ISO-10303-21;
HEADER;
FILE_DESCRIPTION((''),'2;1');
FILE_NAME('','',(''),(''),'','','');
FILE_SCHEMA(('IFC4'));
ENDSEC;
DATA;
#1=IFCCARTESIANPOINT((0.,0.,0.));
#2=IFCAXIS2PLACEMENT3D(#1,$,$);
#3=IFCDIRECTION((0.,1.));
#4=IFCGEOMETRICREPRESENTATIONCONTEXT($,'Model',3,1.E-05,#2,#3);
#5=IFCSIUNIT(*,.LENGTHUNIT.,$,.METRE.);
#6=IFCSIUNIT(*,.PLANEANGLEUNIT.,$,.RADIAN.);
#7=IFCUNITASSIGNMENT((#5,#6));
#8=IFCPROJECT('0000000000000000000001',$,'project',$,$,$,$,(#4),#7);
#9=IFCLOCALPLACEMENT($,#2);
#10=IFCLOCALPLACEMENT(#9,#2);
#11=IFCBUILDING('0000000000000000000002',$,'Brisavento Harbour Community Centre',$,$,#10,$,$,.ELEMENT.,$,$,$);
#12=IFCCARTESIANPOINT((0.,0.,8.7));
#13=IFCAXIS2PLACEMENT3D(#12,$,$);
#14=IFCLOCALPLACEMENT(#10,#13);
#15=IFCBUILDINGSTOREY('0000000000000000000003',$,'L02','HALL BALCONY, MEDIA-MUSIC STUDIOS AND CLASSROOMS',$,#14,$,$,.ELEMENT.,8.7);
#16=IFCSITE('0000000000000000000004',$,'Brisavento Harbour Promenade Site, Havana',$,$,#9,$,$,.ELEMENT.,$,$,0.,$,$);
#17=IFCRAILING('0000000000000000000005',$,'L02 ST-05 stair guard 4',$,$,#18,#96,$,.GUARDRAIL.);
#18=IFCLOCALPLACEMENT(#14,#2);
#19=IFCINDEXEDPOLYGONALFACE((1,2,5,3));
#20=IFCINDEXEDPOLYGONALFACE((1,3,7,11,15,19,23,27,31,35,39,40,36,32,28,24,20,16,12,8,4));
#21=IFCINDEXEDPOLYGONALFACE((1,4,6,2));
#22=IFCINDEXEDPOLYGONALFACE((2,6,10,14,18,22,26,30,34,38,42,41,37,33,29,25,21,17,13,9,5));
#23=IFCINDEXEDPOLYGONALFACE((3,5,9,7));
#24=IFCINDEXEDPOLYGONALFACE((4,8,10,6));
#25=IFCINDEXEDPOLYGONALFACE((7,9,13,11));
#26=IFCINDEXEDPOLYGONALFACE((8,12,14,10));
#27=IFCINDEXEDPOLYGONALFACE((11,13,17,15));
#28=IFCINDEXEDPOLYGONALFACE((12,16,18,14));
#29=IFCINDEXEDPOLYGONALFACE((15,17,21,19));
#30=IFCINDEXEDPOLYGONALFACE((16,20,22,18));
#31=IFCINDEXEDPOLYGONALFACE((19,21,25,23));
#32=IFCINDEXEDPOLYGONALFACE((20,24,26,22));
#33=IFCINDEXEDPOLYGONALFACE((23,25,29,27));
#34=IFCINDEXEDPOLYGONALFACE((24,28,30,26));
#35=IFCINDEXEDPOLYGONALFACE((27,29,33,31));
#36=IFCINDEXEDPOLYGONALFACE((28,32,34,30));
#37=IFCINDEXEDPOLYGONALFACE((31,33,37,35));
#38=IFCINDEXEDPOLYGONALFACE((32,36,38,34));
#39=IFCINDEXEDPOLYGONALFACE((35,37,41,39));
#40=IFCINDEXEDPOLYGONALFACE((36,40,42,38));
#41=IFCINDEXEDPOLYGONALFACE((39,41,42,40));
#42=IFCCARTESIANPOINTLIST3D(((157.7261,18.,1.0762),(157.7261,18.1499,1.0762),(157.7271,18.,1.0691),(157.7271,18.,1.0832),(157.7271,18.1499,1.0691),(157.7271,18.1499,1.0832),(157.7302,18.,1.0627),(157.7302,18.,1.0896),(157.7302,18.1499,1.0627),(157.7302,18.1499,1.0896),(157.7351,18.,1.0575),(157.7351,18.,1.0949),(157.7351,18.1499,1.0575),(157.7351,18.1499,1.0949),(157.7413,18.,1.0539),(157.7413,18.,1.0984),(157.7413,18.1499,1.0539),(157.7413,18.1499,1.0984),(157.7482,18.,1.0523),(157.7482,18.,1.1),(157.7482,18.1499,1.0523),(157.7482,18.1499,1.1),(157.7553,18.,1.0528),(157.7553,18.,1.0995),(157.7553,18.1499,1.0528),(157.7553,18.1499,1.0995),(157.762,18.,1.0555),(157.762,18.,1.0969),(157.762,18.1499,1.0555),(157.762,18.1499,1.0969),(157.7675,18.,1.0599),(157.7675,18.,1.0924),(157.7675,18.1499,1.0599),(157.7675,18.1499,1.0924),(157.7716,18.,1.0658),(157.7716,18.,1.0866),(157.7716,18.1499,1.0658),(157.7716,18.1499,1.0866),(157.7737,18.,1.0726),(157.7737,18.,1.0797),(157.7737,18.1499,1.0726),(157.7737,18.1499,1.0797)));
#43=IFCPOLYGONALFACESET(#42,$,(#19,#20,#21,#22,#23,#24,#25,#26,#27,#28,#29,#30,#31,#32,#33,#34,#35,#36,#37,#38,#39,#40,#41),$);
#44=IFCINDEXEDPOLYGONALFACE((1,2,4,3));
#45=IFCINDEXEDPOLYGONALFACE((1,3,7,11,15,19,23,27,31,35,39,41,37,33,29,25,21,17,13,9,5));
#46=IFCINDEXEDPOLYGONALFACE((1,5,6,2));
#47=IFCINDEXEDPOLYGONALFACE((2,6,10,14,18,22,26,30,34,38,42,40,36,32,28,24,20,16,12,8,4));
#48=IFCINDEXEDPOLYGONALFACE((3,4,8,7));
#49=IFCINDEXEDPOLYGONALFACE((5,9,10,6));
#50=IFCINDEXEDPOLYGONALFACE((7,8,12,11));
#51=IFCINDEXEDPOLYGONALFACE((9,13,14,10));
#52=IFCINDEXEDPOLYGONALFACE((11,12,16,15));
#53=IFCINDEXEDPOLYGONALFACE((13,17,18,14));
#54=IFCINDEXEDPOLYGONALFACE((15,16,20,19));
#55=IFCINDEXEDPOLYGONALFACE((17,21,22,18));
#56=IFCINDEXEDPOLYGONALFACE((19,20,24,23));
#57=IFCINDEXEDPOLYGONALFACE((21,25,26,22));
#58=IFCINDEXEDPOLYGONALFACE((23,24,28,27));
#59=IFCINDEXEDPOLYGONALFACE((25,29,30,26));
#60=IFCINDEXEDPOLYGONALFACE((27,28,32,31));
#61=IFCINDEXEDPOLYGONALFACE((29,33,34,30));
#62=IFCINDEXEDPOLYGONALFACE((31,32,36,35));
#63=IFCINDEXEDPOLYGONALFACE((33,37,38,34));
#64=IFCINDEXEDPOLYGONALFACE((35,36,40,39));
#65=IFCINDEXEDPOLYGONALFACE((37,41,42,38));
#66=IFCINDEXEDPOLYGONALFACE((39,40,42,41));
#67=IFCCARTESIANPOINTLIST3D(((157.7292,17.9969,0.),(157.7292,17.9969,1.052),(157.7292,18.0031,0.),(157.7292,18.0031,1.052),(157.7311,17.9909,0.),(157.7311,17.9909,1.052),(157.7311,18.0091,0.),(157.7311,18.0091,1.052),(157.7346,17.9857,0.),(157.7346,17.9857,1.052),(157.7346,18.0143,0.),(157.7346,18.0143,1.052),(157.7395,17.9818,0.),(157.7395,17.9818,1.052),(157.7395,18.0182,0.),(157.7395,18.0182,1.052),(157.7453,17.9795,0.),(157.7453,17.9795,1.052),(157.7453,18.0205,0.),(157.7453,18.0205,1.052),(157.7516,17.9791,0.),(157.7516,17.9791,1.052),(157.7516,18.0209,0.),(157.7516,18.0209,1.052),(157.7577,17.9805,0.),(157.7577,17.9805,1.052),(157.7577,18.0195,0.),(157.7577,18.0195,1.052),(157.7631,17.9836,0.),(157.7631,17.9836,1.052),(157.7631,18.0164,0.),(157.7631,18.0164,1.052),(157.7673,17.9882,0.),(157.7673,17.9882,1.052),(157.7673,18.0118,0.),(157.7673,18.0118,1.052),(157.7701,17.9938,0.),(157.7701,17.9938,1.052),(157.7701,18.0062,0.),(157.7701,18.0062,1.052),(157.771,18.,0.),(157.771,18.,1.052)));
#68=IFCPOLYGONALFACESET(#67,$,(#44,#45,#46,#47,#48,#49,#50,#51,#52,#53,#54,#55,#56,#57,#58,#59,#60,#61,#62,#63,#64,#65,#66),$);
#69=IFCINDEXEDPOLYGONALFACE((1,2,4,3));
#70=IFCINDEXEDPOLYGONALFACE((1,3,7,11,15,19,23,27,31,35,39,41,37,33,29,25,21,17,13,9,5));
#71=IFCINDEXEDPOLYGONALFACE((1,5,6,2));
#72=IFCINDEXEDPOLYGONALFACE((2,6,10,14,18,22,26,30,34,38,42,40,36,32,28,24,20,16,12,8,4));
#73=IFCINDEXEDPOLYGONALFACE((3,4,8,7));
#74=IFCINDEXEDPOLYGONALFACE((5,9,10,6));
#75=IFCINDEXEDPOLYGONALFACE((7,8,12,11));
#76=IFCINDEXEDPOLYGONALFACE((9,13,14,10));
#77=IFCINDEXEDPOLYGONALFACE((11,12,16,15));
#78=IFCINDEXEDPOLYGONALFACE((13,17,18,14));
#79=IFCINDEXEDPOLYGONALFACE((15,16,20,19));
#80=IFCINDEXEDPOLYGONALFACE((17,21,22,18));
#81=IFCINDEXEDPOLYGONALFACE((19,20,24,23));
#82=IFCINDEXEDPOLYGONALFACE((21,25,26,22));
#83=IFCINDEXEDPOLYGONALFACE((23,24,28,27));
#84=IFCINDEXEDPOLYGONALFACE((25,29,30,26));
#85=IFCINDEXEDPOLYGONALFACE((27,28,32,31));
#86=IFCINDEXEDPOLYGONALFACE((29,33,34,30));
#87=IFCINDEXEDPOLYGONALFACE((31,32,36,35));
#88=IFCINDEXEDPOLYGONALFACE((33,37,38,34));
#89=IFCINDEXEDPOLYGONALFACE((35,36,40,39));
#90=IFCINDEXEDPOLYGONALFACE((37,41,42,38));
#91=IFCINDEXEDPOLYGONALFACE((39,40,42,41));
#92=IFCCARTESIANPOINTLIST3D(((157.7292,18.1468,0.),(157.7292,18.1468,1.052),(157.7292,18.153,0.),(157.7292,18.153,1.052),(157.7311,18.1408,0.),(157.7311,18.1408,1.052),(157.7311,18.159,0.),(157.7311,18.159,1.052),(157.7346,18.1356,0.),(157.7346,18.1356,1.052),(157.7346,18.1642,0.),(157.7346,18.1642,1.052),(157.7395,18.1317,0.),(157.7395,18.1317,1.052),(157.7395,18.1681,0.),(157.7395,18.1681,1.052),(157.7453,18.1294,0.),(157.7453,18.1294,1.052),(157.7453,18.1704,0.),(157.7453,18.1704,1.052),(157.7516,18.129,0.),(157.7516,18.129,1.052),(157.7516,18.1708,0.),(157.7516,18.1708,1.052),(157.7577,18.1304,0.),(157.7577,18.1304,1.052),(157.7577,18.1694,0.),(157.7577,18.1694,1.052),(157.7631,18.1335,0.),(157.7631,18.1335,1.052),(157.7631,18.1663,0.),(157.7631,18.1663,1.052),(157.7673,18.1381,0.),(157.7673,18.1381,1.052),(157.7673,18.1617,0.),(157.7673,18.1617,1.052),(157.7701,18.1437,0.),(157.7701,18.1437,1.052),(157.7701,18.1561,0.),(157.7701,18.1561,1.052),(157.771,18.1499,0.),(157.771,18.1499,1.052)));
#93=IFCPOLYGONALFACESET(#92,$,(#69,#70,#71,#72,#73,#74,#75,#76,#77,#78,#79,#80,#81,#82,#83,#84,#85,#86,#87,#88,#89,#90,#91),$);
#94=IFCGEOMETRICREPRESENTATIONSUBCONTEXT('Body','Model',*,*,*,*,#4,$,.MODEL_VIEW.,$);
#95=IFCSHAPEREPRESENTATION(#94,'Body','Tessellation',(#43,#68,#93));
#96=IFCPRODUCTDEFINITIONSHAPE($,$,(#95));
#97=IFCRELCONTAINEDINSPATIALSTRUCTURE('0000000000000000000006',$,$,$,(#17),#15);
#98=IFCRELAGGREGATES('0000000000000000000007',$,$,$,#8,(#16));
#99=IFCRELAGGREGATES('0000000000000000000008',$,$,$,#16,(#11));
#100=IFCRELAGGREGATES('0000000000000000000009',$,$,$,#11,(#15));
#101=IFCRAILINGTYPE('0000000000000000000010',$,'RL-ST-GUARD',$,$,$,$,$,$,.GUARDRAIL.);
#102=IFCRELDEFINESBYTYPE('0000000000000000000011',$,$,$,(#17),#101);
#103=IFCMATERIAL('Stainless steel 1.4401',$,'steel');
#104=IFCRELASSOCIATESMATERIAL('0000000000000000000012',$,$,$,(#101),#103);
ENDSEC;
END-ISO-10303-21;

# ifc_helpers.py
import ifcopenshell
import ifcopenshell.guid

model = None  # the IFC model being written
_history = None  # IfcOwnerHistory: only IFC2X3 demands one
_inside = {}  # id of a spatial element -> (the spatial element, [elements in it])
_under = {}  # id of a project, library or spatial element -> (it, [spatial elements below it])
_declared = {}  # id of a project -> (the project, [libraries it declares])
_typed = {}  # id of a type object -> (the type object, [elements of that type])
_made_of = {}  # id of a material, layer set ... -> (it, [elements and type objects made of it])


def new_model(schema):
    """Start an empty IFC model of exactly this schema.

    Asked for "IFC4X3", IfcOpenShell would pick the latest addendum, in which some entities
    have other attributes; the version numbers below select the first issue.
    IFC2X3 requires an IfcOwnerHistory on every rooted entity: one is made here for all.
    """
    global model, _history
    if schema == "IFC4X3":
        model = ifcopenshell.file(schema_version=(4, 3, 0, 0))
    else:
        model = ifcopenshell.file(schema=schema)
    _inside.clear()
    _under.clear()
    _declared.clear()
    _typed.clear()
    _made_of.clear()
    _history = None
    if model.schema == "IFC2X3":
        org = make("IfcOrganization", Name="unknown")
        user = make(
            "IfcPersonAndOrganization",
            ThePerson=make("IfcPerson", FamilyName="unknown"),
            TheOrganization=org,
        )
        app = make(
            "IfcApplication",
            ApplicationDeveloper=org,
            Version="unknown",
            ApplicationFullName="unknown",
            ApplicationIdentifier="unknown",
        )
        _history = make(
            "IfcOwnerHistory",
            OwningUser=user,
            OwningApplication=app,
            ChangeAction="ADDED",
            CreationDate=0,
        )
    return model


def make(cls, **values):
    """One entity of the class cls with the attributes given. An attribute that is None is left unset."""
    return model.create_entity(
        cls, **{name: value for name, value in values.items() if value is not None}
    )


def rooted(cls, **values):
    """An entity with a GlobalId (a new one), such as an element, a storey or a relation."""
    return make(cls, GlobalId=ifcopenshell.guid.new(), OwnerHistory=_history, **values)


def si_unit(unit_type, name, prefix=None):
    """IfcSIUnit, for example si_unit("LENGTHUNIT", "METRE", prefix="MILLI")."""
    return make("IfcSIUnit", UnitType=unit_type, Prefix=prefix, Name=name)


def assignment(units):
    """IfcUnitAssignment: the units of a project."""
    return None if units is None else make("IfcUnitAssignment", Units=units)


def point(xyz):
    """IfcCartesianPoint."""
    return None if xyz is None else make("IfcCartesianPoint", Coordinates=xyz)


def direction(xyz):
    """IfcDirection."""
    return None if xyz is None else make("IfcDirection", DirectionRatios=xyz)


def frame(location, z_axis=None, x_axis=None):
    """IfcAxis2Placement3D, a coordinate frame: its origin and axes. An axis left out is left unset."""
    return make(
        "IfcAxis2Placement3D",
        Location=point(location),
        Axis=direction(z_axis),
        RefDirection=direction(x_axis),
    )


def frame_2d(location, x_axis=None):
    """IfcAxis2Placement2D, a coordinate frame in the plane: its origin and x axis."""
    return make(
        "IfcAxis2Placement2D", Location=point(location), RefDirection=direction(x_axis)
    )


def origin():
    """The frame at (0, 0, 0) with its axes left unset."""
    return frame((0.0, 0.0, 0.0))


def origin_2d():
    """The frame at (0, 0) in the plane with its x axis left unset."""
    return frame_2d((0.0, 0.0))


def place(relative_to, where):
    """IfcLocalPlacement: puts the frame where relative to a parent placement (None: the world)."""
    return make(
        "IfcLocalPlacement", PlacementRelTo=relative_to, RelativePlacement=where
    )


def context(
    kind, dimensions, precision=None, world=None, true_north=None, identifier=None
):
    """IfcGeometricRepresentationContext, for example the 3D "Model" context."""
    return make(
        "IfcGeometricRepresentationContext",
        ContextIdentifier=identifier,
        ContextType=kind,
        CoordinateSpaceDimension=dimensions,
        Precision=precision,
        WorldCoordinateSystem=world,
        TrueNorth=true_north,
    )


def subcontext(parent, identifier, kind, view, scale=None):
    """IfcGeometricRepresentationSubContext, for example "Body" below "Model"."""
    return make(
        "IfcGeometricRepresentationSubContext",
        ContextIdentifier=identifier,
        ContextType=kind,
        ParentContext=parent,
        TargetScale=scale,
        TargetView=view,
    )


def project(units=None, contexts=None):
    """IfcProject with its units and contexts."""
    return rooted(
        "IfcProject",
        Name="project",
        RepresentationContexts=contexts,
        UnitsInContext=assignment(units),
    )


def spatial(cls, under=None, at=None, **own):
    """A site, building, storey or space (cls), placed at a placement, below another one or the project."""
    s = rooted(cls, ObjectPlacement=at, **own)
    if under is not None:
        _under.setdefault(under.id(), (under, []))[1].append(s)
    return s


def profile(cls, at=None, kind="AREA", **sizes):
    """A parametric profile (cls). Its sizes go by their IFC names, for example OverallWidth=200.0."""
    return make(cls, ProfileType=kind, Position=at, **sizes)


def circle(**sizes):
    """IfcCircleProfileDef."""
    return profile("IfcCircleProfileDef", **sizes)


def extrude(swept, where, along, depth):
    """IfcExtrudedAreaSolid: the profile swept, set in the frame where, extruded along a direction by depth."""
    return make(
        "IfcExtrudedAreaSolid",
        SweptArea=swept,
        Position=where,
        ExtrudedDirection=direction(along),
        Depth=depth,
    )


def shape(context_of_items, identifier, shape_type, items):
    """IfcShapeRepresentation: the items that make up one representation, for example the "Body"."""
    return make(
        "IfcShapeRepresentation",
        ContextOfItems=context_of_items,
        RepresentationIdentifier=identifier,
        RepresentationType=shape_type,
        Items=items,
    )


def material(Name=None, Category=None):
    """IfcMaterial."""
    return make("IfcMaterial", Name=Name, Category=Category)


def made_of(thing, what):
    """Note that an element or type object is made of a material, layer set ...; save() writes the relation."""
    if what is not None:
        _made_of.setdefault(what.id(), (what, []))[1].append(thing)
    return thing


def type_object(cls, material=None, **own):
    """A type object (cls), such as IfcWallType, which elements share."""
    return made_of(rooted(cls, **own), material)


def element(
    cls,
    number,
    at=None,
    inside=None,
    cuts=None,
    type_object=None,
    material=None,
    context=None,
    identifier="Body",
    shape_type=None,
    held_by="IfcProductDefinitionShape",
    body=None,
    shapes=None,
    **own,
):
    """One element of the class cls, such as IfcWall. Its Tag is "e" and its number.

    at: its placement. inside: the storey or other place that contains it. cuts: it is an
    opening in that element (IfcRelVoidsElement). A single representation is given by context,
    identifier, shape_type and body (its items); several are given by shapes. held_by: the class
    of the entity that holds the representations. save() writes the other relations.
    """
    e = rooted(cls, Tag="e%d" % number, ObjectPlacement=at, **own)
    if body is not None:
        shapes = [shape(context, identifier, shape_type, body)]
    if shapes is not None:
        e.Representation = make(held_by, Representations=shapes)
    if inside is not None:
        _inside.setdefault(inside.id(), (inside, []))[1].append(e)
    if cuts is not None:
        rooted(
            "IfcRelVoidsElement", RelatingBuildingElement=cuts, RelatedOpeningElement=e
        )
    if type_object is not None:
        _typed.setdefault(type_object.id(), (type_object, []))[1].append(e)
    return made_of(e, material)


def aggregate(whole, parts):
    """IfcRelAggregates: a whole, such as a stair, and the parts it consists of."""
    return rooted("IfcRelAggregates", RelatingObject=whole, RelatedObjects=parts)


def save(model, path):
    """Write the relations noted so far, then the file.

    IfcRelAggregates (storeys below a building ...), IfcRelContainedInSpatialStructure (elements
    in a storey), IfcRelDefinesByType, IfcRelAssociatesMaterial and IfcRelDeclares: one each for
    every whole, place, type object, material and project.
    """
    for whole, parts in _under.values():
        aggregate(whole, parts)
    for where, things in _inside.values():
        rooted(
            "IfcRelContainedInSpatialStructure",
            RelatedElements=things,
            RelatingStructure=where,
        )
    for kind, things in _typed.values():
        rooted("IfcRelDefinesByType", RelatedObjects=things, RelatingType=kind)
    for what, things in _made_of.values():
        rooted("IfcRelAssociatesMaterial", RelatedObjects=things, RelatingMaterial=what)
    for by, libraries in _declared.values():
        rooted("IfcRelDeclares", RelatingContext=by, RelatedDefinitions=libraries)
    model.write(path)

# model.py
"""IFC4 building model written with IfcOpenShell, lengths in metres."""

from ifc_helpers import new_model, si_unit, direction, frame, origin, origin_2d, place, context, subcontext, project, spatial, circle, extrude, material, type_object, element, save


model = new_model("IFC4")

# Units and contexts
model_context = context("Model", 3, precision=1e-05, world=origin(), true_north=direction((0.0, 1.0)))
body_context = subcontext(model_context, "Body", "Model", "MODEL_VIEW")
ifc_project = project(units=[si_unit("LENGTHUNIT", "METRE"), si_unit("PLANEANGLEUNIT", "RADIAN")], contexts=[model_context])

# Site, building, storey
site_placement = place(None, origin())
site = spatial("IfcSite", under=ifc_project, at=site_placement, Name="Brisavento Harbour Promenade Site, Havana", CompositionType="ELEMENT", RefElevation=0.0)
building_placement = place(site_placement, origin())
building = spatial("IfcBuilding", under=site, at=building_placement, Name="Brisavento Harbour Community Centre", CompositionType="ELEMENT")
storey_placement = place(building_placement, frame((0.0, 0.0, 8.7)))
storey = spatial("IfcBuildingStorey", under=building, at=storey_placement, Name="L02", Description="HALL BALCONY, MEDIA-MUSIC STUDIOS AND CLASSROOMS", CompositionType="ELEMENT", Elevation=8.7)

# Railing
ifc_material_1 = material(Name="Stainless steel 1.4401", Category="steel")
railing_type_1 = type_object("IfcRailingType", Name="RL-ST-GUARD", PredefinedType="GUARDRAIL", material=ifc_material_1)
railing_1_placement = place(storey_placement, frame((157.75, 18.0, 0.0)))
element("IfcRailing", 1, at=railing_1_placement, inside=storey, type_object=railing_type_1, Name="L02 ST-05 stair guard 4", PredefinedType="GUARDRAIL", context=body_context, shape_type="SweptSolid", body=[
    extrude(circle(Radius=0.0239, at=origin_2d()), frame((0.0, 0.0, 1.0762), z_axis=(0.0, 1.0, 0.0), x_axis=(-1.0, 0.0, 0.0)), (0.0, 0.0, 1.0), 0.1499),
    extrude(circle(Radius=0.021, at=origin_2d()), origin(), (0.0, 0.0, 1.0), 1.052),
    extrude(circle(Radius=0.021, at=origin_2d()), frame((0.0, 0.1499, 0.0)), (0.0, 0.0, 1.0), 1.052),
])

save(model, "model.ifc")
